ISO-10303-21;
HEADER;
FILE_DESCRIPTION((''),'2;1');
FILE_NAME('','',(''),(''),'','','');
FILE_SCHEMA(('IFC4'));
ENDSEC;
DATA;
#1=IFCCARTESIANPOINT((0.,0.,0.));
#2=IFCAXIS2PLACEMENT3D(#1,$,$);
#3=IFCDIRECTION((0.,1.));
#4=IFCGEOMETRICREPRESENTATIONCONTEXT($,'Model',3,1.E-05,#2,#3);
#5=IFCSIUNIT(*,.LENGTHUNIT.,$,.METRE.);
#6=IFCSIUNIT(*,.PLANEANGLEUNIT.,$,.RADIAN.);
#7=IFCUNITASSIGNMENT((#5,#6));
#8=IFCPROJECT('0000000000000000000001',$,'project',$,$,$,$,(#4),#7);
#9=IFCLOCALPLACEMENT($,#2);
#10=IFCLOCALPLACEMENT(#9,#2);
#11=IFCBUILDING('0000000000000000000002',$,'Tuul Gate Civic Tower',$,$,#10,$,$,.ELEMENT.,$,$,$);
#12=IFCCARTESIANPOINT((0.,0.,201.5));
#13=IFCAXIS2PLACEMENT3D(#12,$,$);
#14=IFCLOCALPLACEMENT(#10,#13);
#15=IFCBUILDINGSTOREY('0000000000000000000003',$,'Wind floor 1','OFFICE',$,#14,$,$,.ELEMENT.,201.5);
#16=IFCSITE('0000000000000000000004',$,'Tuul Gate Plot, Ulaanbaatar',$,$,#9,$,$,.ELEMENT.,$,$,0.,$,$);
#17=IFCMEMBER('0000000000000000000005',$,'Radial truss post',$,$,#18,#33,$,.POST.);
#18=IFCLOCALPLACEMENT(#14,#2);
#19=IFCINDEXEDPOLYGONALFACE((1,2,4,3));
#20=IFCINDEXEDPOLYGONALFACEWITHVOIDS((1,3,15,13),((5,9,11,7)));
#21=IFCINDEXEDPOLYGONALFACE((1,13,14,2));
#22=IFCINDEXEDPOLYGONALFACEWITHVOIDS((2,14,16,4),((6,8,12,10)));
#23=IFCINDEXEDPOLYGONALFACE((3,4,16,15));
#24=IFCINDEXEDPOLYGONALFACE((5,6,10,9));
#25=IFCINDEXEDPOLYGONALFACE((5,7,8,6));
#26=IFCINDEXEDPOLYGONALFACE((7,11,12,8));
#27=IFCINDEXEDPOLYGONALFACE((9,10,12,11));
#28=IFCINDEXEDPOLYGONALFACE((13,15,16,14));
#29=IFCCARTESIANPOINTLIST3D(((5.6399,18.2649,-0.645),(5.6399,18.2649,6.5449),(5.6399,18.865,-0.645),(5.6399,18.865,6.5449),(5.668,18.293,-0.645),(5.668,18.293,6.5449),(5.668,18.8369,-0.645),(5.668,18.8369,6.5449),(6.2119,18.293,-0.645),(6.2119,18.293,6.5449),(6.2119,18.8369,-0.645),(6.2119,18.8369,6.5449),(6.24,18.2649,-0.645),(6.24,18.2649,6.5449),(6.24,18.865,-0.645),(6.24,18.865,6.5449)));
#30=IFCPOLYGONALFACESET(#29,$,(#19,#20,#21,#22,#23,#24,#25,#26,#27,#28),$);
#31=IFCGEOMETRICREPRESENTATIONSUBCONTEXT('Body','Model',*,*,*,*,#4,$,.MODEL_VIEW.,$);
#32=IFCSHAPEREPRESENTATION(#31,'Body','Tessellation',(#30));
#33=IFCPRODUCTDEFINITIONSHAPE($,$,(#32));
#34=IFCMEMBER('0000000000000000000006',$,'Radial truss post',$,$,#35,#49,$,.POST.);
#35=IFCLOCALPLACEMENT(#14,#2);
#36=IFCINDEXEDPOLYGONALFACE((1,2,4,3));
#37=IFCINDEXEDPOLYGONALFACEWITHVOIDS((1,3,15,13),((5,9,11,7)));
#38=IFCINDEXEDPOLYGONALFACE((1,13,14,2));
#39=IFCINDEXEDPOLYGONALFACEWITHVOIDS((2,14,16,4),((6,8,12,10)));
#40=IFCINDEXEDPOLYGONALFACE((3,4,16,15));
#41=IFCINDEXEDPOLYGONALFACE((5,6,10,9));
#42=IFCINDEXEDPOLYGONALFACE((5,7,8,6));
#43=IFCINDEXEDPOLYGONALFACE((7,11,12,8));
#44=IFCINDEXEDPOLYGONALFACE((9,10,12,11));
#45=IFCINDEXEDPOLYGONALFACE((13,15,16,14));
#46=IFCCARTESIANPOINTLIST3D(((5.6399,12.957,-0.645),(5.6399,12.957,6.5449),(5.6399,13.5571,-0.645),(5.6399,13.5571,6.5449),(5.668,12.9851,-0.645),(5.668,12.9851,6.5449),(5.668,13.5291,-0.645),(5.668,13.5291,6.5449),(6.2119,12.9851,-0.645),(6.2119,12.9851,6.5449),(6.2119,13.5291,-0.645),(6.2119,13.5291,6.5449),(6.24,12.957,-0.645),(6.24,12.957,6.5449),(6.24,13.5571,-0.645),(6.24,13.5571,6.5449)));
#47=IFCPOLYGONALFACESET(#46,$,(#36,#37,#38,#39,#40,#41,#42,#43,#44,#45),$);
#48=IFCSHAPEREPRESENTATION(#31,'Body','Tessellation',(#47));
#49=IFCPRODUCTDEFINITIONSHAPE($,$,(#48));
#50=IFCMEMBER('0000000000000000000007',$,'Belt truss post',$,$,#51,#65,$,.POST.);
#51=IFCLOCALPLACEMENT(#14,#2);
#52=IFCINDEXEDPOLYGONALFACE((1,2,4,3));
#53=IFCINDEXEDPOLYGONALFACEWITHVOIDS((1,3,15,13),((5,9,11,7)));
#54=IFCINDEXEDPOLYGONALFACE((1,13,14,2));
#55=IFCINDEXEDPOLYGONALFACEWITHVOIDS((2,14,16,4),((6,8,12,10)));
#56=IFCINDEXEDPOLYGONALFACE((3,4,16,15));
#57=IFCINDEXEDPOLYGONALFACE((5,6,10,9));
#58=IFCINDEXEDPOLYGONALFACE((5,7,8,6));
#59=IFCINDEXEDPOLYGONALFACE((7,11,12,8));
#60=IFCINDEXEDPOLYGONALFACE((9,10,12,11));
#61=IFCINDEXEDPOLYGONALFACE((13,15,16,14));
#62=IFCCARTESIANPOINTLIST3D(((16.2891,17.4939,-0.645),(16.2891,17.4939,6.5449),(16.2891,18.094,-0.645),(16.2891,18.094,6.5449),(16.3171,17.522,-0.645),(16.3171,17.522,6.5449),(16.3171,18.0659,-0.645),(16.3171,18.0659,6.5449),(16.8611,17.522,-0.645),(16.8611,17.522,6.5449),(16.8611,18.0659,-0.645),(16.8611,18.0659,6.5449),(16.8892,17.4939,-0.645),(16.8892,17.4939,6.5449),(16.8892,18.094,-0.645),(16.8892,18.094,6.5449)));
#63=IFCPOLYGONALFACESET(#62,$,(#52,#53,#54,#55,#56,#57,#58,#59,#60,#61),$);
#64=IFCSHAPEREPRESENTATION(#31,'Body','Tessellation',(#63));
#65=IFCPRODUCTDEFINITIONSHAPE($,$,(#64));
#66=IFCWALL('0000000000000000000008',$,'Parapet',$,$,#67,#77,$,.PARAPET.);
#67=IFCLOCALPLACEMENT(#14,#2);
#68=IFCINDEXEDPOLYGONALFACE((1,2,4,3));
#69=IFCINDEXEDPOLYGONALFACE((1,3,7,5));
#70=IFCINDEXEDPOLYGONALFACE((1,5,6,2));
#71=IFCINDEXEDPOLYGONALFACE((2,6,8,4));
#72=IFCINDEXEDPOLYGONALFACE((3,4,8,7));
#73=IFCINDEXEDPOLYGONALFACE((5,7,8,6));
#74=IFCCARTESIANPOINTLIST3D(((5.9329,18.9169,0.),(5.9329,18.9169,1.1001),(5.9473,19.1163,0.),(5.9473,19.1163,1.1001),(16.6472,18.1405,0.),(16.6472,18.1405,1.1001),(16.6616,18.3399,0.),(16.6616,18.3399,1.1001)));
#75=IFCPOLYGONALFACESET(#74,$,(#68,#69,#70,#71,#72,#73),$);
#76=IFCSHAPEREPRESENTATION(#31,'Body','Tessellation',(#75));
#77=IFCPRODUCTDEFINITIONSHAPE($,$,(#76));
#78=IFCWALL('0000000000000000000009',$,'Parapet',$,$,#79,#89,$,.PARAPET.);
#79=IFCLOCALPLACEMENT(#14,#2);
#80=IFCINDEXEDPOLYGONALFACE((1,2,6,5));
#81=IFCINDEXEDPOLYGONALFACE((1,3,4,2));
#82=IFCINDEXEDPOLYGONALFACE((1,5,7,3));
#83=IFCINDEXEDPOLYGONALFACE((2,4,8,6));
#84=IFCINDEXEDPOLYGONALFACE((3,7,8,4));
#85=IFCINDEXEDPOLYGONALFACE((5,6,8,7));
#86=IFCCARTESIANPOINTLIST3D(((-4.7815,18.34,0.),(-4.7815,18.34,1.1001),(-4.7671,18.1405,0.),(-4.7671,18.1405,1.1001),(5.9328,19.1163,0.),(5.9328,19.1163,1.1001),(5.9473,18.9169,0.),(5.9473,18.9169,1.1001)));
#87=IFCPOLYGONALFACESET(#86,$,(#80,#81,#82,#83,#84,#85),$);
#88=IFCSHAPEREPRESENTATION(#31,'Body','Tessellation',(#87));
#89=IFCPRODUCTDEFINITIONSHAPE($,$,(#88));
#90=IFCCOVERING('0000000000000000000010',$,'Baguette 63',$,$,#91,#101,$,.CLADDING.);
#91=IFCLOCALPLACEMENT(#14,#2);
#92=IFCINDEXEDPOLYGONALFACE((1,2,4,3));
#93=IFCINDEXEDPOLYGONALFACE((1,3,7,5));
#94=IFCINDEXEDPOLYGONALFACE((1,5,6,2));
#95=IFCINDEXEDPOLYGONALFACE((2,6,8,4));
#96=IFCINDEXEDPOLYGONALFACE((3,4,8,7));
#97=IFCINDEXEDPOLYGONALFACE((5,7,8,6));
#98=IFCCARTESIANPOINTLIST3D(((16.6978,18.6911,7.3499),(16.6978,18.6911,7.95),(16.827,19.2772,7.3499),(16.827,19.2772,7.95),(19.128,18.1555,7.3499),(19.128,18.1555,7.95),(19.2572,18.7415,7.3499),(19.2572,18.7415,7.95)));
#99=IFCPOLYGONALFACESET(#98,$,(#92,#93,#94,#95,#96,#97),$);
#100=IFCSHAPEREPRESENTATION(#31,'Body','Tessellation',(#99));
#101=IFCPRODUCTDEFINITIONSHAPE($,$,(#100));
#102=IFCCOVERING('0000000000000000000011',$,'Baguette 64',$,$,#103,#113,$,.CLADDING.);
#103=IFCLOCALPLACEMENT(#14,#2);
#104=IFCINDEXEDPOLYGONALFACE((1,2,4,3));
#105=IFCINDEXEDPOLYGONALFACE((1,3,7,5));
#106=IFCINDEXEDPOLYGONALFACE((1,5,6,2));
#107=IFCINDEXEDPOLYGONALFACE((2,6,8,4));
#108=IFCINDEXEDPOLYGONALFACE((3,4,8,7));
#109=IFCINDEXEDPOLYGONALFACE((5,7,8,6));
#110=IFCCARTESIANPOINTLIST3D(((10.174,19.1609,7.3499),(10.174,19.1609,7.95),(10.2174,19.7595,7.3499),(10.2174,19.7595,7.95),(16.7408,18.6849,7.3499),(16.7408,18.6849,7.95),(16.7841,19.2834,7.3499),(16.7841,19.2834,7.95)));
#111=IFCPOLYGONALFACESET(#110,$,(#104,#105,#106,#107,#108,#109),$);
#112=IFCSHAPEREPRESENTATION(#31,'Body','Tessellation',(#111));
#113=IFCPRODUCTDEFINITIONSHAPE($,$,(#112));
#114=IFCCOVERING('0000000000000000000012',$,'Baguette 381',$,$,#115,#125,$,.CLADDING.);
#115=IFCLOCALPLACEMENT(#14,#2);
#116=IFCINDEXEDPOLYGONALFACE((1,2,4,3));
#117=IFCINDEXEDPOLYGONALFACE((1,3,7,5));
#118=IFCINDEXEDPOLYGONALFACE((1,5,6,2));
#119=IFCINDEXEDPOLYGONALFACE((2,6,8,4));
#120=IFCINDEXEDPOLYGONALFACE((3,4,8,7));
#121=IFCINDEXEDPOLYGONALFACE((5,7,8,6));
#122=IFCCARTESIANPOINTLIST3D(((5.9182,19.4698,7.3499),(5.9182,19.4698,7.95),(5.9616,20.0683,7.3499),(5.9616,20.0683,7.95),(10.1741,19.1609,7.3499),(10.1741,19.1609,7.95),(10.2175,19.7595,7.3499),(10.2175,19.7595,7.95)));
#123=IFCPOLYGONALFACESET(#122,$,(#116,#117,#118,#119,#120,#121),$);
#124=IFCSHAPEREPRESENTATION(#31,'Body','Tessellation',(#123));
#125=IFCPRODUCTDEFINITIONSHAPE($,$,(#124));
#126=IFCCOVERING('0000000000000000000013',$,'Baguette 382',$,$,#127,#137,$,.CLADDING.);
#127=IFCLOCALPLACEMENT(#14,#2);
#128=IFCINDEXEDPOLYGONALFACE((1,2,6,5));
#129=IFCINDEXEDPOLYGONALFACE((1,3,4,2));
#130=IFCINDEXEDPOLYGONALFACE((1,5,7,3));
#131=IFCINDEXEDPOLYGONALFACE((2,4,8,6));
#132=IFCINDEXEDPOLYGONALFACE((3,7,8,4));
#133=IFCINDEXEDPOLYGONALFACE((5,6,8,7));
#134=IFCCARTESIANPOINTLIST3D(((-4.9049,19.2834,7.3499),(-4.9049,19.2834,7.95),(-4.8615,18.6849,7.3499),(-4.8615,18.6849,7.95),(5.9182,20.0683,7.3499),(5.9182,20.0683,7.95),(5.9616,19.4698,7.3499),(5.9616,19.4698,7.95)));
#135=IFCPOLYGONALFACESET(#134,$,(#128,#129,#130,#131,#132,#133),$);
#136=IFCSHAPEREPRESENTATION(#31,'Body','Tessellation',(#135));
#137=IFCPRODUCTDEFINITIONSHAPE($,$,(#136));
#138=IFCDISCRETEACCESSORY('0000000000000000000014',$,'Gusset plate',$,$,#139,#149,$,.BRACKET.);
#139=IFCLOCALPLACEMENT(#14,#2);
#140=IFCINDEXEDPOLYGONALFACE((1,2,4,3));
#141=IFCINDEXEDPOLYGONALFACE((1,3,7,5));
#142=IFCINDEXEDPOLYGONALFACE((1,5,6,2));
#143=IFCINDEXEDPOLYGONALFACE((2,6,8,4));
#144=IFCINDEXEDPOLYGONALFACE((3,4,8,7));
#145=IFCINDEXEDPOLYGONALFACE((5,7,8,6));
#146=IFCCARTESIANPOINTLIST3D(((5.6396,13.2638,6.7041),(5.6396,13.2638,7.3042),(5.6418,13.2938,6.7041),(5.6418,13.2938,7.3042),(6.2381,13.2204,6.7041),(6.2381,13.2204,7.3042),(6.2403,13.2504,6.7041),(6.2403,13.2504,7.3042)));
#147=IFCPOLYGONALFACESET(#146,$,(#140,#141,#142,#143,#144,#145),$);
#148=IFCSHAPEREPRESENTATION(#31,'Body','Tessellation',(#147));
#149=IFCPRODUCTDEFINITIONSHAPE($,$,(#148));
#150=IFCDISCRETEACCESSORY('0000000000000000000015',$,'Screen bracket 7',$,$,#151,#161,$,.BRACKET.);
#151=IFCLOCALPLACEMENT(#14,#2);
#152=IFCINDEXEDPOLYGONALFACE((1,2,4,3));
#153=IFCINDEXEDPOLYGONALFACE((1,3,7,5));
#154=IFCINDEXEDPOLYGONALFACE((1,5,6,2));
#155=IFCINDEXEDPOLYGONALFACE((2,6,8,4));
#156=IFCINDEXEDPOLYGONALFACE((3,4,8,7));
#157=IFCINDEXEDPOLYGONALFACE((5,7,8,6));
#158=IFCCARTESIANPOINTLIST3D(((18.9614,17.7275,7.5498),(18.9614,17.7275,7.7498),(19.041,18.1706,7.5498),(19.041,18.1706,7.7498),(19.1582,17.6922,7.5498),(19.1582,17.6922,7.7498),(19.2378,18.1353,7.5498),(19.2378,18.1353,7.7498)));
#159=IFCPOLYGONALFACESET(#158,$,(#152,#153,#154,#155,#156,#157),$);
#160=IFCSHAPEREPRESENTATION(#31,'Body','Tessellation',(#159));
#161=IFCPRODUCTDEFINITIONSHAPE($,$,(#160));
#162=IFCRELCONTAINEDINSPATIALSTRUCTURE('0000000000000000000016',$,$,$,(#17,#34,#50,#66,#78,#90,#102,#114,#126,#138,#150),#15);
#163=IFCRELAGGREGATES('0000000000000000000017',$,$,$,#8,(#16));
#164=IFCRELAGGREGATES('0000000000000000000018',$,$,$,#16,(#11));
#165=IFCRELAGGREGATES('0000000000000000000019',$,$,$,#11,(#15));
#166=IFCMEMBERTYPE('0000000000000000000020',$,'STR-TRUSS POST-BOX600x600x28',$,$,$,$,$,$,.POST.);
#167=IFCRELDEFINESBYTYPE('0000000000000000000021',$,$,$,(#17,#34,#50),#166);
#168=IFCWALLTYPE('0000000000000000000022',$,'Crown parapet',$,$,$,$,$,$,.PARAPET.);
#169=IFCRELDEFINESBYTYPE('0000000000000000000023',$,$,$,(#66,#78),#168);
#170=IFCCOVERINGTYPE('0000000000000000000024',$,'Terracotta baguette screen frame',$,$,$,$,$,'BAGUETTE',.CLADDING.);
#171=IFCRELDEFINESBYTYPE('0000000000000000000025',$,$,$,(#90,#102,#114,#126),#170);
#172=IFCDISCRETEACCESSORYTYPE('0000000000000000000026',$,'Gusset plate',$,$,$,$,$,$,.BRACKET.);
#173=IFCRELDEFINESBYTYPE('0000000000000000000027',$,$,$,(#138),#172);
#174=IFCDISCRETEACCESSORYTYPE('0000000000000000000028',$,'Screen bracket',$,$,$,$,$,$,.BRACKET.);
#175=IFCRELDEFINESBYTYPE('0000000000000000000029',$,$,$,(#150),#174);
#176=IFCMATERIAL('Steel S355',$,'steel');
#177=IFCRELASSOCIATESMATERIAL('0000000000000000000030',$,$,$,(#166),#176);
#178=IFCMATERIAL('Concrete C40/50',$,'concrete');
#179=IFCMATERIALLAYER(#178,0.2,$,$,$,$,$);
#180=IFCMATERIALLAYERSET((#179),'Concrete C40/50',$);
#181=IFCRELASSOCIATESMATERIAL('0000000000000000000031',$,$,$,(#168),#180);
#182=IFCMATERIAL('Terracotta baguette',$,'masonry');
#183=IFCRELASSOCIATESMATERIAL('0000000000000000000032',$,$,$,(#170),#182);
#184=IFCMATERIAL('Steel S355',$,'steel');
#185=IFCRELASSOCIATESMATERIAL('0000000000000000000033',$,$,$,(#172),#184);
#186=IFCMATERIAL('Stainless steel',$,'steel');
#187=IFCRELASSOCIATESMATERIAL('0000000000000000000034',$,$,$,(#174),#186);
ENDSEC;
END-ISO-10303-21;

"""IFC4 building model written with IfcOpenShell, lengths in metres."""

from ifc_helpers import new_model, si_unit, direction, frame, frame_2d, origin, origin_2d, place, context, subcontext, project, spatial, rectangle, hollow_rectangle, extrude, material, layer, layer_set, material_profile, profile_set, type_object, element, save


model = new_model("IFC4")

# Units and contexts
model_context = context("Model", 3, precision=1e-05, world=origin(), true_north=direction((0.0, 1.0)))
body_context = subcontext(model_context, "Body", "Model", "MODEL_VIEW")
ifc_project = project(units=[si_unit("LENGTHUNIT", "METRE"), si_unit("PLANEANGLEUNIT", "RADIAN")], contexts=[model_context])

# Site, building, storey
site_placement = place(None, origin())
site = spatial("IfcSite", under=ifc_project, at=site_placement, Name="Tuul Gate Plot, Ulaanbaatar", CompositionType="ELEMENT", RefElevation=0.0)
building_placement = place(site_placement, origin())
building = spatial("IfcBuilding", under=site, at=building_placement, Name="Tuul Gate Civic Tower", CompositionType="ELEMENT")
storey_placement = place(building_placement, frame((0.0, 0.0, 201.5)))
storey = spatial("IfcBuildingStorey", under=building, at=storey_placement, Name="Wind floor 1", Description="OFFICE", CompositionType="ELEMENT", Elevation=201.5)

# Members
ifc_material_1 = material(Name="Steel S355", Category="steel")
ifc_material_profile_1 = material_profile(ifc_material_1, hollow_rectangle(XDim=0.6001, YDim=0.6001, WallThickness=0.0281, at=origin_2d()), Name="BOX600x600x28")
ifc_profile_set_1 = profile_set([ifc_material_profile_1], Name="Steel S355")
member_type_1 = type_object("IfcMemberType", Name="STR-TRUSS POST-BOX600x600x28", PredefinedType="POST", material=ifc_profile_set_1)
for number, where, z_axis, x_axis, name in (
    (1, (5.9399, 18.5649, -0.645), (0.0, 0.0, 1.0), (1.0, 0.0, 0.0), "Radial truss post"),
    (2, (5.9399, 13.2571, -0.645), (0.0, 0.0, 1.0), (1.0, 0.0, 0.0), "Radial truss post"),
    (3, (16.5891, 17.7939, -0.645), (0.0, 0.0, 1.0), (1.0, 0.0, 0.0), "Belt truss post"),
):
    element("IfcMember", number, at=place(storey_placement, frame(where, z_axis=z_axis, x_axis=x_axis)), inside=storey, type_object=member_type_1, Name=name, PredefinedType="POST", context=body_context, shape_type="SweptSolid", body=[
        extrude(hollow_rectangle(XDim=0.6001, YDim=0.6001, WallThickness=0.0281, at=origin_2d()), origin(), (0.0, 0.0, 1.0), 7.1899),
    ])

# Walls
ifc_material_2 = material(Name="Concrete C40/50", Category="concrete")
ifc_layer = layer(ifc_material_2, 0.2)
ifc_layer_set = layer_set([ifc_layer], Name="Concrete C40/50")
wall_type = type_object("IfcWallType", Name="Crown parapet", PredefinedType="PARAPET", material=ifc_layer_set)
for number, where, z_axis, x_axis, name in (
    (4, (16.6543, 18.2402, 0.0), (0.0, 0.0, 1.0), (-0.997385, 0.072271, 0.0), "Parapet"),
    (5, (5.9399, 19.0166, 0.0), (0.0, 0.0, 1.0), (-0.997385, -0.072271, 0.0), "Parapet"),
):
    element("IfcWall", number, at=place(storey_placement, frame(where, z_axis=z_axis, x_axis=x_axis)), inside=storey, type_object=wall_type, Name=name, PredefinedType="PARAPET", context=body_context, shape_type="SweptSolid", body=[
        extrude(rectangle(XDim=10.7424, YDim=0.2, at=frame_2d((5.3711, 0.0))), origin(), (0.0, 0.0, 1.0), 1.1001),
    ])

# Coverings
ifc_material_3 = material(Name="Terracotta baguette", Category="masonry")
ifc_material_profile_2 = material_profile(ifc_material_3, rectangle(XDim=0.6001, YDim=0.6001, at=origin_2d()), Name="Terracotta baguette screen frame")
ifc_profile_set_2 = profile_set([ifc_material_profile_2], Name="Terracotta baguette")
covering_type = type_object("IfcCoveringType", Name="Terracotta baguette screen frame", ElementType="BAGUETTE", PredefinedType="CLADDING", material=ifc_profile_set_2)
covering_1_placement = place(storey_placement, frame((19.1926, 18.4485, 7.6499), z_axis=(-0.97656, 0.215247, 0.0), x_axis=(-0.215247, -0.97656, 0.0)))
element("IfcCovering", 6, at=covering_1_placement, inside=storey, type_object=covering_type, Name="Baguette 63", PredefinedType="CLADDING", context=body_context, shape_type="SweptSolid", body=[
    extrude(rectangle(XDim=0.6001, YDim=0.6001, at=origin_2d()), origin(), (0.0, 0.0, 1.0), 2.4885),
])
covering_2_placement = place(storey_placement, frame((16.7625, 18.9841, 7.6499), z_axis=(-0.997382, 0.072309, 0.0), x_axis=(-0.072309, -0.997382, 0.0)))
element("IfcCovering", 7, at=covering_2_placement, inside=storey, type_object=covering_type, Name="Baguette 64", PredefinedType="CLADDING", context=body_context, shape_type="SweptSolid", body=[
    extrude(rectangle(XDim=0.6001, YDim=0.6001, at=origin_2d()), origin(), (0.0, 0.0, 1.0), 6.584),
])
covering_3_placement = place(storey_placement, frame((10.1958, 19.4602, 7.6499), z_axis=(-0.997377, 0.072377, 0.0), x_axis=(-0.072377, -0.997377, 0.0)))
element("IfcCovering", 8, at=covering_3_placement, inside=storey, type_object=covering_type, Name="Baguette 381", PredefinedType="CLADDING", context=body_context, shape_type="SweptSolid", body=[
    extrude(rectangle(XDim=0.6001, YDim=0.6001, at=origin_2d()), origin(), (0.0, 0.0, 1.0), 4.2671),
])
covering_4_placement = place(storey_placement, frame((5.9399, 19.769, 7.6499), z_axis=(-0.997381, -0.072331, 0.0), x_axis=(0.072331, -0.997381, 0.0)))
element("IfcCovering", 9, at=covering_4_placement, inside=storey, type_object=covering_type, Name="Baguette 382", PredefinedType="CLADDING", context=body_context, shape_type="SweptSolid", body=[
    extrude(rectangle(XDim=0.6001, YDim=0.6001, at=origin_2d()), origin(), (0.0, 0.0, 1.0), 10.8516),
])

# Discrete accessories
ifc_material_4 = material(Name="Steel S355", Category="steel")
discrete_accessory_type_1 = type_object("IfcDiscreteAccessoryType", Name="Gusset plate", PredefinedType="BRACKET", material=ifc_material_4)
discrete_accessory_1_placement = place(storey_placement, frame((5.9399, 13.2571, 6.7041), z_axis=(0.0, 0.0, 1.0), x_axis=(0.997383, -0.072305, 0.0)))
element("IfcDiscreteAccessory", 10, at=discrete_accessory_1_placement, inside=storey, type_object=discrete_accessory_type_1, Name="Gusset plate", PredefinedType="BRACKET", context=body_context, shape_type="SweptSolid", body=[
    extrude(rectangle(XDim=0.6001, YDim=0.03, at=origin_2d()), origin(), (0.0, 0.0, 1.0), 0.6001),
])
ifc_material_5 = material(Name="Stainless steel", Category="steel")
discrete_accessory_type_2 = type_object("IfcDiscreteAccessoryType", Name="Screen bracket", PredefinedType="BRACKET", material=ifc_material_5)
discrete_accessory_2_placement = place(storey_placement, frame((19.0996, 17.9314, 7.5498), z_axis=(0.0, 0.0, 1.0), x_axis=(0.176818, 0.984243, 0.0)))
element("IfcDiscreteAccessory", 11, at=discrete_accessory_2_placement, inside=storey, type_object=discrete_accessory_type_2, Name="Screen bracket 7", PredefinedType="BRACKET", context=body_context, shape_type="SweptSolid", body=[
    extrude(rectangle(XDim=0.4502, YDim=0.2, at=origin_2d()), origin(), (0.0, 0.0, 1.0), 0.2),
])

save(model, "model.ifc")
